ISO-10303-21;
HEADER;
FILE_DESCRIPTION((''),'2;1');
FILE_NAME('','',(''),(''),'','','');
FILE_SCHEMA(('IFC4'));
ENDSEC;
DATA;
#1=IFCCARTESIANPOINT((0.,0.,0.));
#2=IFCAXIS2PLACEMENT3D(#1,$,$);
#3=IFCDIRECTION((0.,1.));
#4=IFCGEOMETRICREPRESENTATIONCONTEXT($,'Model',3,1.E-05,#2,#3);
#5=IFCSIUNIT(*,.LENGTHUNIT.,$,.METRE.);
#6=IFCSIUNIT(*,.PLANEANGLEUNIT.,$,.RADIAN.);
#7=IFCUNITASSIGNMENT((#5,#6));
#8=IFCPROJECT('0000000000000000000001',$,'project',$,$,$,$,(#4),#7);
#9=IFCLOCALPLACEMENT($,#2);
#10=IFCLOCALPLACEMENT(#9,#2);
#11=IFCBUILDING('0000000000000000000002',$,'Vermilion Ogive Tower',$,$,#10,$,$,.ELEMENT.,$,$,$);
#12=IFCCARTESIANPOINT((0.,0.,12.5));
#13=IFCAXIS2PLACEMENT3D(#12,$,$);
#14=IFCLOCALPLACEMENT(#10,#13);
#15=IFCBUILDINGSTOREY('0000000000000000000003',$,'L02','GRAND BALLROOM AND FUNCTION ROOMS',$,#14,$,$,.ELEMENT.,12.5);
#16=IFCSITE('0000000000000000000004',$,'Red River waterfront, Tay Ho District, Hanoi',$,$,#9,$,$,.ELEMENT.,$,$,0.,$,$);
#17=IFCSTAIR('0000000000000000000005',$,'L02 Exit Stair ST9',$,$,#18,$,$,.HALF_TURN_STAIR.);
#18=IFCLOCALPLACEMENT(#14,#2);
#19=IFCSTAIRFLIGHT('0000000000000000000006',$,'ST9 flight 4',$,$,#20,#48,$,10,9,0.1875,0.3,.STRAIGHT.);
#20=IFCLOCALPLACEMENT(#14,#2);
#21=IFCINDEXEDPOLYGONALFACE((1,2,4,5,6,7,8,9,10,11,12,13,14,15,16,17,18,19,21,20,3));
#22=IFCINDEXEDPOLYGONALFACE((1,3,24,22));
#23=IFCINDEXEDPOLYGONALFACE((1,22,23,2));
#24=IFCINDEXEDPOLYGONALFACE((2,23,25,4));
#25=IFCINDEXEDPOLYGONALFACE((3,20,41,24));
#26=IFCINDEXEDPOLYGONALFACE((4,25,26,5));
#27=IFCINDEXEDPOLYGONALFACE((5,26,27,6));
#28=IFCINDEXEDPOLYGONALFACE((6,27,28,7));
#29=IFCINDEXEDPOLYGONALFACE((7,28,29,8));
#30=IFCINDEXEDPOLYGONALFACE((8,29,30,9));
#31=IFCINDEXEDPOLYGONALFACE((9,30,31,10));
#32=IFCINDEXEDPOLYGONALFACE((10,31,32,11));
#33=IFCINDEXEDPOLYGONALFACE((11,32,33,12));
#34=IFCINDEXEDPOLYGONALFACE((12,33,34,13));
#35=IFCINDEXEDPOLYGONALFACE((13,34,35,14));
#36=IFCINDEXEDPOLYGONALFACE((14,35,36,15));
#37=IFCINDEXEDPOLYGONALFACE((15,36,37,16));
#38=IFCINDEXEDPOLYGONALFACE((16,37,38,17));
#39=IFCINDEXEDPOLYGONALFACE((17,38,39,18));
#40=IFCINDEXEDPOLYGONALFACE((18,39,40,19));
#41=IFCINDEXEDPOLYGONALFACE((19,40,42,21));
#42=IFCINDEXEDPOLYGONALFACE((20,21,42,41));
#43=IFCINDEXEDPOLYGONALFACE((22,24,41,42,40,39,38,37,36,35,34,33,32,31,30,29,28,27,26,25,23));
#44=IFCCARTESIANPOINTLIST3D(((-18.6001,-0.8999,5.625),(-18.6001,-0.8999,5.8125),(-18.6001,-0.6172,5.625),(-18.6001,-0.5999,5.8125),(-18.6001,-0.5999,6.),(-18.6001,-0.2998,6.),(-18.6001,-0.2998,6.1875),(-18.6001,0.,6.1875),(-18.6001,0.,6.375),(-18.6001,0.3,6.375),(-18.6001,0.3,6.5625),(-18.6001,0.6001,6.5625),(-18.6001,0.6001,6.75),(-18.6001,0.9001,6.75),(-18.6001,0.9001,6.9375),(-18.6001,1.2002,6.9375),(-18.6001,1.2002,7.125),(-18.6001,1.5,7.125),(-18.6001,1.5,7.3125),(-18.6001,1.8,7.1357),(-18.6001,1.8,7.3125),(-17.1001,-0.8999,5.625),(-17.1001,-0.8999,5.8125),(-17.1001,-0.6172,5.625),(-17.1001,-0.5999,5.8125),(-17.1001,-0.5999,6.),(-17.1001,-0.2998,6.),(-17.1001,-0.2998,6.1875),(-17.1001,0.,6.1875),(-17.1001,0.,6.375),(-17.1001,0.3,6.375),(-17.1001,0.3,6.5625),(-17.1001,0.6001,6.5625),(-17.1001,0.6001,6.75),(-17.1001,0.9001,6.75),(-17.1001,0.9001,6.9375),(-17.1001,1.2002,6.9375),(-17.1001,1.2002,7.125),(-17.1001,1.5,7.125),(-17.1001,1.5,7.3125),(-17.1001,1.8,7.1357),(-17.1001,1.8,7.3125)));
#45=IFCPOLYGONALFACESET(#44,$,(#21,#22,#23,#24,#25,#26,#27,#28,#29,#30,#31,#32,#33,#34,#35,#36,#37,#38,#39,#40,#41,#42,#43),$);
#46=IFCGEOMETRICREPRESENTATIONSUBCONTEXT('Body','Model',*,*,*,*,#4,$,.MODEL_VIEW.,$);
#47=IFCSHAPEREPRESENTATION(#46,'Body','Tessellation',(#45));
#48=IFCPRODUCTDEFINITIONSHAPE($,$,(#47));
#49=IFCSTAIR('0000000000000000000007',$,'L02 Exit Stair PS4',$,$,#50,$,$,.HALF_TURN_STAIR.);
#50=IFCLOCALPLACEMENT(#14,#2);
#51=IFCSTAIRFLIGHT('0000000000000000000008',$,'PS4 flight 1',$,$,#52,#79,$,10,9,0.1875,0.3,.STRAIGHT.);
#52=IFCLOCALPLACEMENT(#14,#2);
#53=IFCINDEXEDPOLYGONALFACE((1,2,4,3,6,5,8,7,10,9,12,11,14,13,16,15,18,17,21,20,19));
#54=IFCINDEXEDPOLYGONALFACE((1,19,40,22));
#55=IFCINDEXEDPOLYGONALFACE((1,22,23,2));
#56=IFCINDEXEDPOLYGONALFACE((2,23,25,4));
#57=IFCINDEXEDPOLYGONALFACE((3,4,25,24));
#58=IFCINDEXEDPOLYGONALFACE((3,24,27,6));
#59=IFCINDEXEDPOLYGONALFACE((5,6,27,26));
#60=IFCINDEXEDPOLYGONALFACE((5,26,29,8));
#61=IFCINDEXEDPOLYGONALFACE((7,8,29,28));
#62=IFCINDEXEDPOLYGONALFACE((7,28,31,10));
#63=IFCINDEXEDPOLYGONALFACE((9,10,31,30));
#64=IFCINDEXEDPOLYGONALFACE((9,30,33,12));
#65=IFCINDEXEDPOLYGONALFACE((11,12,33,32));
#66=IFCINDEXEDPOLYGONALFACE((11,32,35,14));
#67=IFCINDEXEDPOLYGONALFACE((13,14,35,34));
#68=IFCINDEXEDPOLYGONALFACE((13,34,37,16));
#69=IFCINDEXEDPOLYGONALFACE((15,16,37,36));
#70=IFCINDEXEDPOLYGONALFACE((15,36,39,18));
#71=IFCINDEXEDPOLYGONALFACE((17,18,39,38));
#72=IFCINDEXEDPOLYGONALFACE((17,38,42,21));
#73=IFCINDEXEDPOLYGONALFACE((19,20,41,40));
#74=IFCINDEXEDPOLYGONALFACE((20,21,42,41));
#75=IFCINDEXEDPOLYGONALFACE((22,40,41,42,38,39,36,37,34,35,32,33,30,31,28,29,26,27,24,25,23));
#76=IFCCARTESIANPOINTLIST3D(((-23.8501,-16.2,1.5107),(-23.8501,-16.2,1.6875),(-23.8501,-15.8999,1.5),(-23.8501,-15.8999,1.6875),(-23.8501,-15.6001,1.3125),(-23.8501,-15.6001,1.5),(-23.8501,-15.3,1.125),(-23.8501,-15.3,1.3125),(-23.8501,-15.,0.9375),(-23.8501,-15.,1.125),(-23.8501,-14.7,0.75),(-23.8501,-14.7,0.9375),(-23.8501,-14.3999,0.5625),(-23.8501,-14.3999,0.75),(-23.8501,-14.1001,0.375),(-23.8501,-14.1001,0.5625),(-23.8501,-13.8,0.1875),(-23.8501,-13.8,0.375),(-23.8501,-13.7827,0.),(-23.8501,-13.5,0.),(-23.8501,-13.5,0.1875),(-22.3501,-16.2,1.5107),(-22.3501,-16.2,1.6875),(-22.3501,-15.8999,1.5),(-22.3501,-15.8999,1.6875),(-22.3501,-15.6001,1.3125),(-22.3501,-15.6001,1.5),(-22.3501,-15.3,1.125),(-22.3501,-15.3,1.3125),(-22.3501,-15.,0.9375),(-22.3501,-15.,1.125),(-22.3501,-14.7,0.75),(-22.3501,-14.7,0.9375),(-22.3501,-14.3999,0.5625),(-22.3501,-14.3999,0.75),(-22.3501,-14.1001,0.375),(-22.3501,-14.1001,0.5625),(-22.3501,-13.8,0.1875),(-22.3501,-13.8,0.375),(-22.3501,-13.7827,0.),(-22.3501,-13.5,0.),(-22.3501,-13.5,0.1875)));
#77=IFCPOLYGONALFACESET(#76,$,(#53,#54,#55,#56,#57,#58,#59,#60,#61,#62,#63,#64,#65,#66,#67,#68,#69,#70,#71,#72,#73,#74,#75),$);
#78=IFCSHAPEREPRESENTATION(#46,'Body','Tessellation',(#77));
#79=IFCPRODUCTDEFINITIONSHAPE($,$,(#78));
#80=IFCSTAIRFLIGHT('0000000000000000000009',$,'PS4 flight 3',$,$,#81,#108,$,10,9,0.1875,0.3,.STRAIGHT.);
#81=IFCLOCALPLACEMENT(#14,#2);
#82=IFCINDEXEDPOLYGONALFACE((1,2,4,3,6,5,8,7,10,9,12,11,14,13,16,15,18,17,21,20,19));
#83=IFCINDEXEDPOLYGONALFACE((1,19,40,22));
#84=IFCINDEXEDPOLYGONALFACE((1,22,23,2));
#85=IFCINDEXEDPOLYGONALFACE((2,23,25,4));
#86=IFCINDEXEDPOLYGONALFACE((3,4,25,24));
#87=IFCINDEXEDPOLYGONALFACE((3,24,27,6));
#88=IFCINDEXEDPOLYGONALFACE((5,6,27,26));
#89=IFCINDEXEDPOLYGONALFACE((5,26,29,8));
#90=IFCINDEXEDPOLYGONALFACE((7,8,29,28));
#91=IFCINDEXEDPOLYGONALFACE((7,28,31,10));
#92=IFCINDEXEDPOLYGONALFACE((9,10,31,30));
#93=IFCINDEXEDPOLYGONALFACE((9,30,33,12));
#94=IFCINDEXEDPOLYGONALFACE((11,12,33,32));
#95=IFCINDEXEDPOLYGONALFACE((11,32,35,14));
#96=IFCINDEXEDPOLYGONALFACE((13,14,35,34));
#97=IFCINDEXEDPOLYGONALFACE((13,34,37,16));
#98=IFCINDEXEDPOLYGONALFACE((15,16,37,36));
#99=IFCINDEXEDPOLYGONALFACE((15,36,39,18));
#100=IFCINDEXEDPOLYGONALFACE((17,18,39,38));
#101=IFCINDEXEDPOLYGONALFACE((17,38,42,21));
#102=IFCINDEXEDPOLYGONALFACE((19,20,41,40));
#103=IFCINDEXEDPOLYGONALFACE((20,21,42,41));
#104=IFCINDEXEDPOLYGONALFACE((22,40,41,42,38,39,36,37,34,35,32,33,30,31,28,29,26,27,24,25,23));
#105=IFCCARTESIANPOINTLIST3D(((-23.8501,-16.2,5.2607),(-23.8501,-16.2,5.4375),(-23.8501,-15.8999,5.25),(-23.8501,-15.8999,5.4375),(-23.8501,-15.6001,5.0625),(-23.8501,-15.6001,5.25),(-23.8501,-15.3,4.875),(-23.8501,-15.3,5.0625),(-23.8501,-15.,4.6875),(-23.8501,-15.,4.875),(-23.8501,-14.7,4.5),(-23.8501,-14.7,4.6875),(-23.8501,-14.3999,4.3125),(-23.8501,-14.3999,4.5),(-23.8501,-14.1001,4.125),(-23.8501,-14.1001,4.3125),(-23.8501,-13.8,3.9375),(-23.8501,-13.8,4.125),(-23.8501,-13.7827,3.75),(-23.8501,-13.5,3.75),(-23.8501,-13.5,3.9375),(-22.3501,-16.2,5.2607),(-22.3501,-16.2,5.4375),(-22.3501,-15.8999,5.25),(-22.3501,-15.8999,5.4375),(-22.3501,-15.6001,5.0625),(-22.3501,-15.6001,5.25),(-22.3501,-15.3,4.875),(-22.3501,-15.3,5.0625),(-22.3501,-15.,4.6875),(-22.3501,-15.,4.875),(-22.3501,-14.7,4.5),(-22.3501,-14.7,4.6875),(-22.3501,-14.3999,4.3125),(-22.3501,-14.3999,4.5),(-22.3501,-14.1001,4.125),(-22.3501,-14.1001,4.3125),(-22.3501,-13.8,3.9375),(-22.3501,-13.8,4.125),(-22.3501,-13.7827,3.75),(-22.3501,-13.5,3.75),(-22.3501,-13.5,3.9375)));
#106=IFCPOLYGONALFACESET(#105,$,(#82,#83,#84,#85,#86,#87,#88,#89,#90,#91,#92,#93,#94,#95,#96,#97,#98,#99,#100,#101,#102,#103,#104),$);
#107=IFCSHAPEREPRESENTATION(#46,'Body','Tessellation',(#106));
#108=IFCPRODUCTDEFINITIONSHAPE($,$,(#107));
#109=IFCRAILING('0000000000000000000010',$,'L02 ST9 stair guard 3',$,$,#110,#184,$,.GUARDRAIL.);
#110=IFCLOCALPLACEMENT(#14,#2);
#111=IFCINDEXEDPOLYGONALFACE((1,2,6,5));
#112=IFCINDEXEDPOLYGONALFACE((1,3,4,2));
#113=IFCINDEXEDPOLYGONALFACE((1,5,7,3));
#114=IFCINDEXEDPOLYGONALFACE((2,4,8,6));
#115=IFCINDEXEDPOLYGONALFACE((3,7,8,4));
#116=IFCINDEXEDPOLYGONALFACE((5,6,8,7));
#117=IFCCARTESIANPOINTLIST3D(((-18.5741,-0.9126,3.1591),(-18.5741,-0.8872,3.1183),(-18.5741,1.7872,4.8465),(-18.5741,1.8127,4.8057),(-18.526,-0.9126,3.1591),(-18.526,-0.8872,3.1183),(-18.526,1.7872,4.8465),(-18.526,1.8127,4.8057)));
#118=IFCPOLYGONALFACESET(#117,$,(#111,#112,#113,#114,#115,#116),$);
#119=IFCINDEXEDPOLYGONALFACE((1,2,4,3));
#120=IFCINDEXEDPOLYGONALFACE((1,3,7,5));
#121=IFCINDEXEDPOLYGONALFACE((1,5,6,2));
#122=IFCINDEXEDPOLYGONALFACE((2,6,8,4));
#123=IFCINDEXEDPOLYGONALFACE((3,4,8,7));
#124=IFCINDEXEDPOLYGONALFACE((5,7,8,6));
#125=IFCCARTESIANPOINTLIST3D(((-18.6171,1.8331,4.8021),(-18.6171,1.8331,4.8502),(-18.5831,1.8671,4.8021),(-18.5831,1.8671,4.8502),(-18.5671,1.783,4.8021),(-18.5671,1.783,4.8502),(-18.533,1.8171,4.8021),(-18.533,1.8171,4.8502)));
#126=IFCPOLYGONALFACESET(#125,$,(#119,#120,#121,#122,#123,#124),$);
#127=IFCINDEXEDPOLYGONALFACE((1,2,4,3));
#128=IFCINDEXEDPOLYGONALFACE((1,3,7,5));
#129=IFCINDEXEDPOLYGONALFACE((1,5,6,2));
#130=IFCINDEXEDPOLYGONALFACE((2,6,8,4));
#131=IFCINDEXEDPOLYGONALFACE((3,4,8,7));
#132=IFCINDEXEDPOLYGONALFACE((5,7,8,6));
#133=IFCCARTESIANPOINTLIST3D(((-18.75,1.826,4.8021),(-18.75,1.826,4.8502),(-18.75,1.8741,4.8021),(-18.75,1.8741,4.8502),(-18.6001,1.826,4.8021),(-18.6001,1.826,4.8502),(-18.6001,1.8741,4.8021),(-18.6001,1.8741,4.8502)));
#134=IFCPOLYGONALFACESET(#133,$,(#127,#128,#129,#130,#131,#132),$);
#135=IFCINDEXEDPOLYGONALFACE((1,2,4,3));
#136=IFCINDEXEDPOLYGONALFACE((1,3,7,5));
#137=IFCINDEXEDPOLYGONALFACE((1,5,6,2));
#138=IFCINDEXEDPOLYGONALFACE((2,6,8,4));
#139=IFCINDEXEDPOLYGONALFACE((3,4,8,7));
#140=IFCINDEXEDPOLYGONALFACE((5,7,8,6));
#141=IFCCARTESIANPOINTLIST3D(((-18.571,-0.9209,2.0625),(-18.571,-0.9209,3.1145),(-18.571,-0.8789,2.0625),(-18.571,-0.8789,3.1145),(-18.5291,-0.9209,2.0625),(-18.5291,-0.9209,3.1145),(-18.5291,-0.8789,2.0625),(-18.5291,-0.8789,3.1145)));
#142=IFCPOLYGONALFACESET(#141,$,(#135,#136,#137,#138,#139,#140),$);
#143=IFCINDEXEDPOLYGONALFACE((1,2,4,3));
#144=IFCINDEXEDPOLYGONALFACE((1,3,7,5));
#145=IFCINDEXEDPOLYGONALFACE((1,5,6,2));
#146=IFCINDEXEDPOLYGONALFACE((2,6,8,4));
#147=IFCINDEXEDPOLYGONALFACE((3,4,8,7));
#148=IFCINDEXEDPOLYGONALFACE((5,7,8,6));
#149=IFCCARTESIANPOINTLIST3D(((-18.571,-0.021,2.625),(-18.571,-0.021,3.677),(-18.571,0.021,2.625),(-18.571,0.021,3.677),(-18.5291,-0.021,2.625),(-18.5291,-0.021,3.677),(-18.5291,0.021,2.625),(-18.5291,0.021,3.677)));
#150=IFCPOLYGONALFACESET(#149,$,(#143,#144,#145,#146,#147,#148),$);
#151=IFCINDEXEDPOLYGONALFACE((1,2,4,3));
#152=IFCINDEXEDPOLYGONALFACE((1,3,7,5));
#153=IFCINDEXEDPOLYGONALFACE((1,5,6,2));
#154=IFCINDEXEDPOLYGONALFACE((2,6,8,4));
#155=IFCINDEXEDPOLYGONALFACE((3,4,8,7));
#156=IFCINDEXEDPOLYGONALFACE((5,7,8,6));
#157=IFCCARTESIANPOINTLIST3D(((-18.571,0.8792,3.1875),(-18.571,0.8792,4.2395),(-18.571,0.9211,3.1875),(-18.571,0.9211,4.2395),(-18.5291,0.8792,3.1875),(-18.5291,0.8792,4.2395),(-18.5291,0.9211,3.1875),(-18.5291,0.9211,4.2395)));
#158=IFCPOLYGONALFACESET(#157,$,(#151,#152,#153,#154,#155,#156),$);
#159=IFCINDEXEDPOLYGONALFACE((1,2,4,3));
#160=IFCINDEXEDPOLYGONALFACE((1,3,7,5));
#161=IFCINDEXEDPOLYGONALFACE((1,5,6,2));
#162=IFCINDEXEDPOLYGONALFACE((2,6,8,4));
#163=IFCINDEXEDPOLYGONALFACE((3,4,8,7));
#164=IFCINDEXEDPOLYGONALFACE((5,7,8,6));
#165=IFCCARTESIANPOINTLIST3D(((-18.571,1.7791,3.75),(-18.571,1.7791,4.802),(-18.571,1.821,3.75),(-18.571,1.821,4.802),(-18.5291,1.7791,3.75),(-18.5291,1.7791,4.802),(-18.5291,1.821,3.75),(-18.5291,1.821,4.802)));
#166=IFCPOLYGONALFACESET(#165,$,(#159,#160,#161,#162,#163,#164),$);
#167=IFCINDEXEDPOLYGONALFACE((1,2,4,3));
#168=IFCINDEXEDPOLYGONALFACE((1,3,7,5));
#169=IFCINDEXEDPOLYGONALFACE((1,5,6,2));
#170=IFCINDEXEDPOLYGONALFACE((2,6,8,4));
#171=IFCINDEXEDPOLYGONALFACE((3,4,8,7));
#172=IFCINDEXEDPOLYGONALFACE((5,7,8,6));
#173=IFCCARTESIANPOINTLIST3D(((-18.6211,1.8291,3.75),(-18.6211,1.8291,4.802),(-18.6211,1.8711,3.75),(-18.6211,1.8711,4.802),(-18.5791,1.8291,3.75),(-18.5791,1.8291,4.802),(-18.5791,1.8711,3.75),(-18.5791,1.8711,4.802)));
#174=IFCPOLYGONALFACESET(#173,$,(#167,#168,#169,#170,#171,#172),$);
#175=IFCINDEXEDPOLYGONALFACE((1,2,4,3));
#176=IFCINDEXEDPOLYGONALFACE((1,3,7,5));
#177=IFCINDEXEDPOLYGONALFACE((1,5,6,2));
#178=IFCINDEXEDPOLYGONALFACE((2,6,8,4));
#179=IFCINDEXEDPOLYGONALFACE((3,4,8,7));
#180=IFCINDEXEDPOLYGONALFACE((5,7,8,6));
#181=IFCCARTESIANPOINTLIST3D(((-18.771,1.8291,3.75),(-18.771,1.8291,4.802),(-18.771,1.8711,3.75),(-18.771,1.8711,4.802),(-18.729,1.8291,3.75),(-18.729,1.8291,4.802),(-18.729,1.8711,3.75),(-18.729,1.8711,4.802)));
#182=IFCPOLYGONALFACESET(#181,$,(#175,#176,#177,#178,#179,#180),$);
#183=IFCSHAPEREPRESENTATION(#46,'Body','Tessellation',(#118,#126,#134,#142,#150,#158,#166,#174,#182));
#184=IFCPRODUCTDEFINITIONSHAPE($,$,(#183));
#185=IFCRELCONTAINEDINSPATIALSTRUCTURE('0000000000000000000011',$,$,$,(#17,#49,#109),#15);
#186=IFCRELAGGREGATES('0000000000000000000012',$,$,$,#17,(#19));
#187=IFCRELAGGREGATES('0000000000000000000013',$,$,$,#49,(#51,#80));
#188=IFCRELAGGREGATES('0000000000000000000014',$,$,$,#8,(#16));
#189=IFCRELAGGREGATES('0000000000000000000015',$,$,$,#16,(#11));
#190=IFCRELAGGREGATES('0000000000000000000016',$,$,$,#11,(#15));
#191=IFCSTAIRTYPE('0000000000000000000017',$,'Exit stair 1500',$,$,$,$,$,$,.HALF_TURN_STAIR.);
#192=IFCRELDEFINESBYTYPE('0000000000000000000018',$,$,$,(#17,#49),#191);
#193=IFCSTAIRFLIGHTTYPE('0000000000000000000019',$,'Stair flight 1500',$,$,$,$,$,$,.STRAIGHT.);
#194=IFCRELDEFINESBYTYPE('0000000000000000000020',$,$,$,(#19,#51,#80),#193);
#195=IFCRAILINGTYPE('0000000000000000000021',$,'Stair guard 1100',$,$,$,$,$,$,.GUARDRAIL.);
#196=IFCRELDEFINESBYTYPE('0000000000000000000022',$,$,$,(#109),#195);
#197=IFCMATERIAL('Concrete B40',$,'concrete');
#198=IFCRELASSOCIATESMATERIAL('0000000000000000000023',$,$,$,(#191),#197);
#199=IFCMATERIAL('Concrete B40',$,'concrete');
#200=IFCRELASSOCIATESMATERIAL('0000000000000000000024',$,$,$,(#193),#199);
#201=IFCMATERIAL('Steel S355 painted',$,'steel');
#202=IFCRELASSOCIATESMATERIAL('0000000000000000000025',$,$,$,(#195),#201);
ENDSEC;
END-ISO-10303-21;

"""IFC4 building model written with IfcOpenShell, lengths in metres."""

from ifc_helpers import new_model, si_unit, direction, frame, origin, origin_2d, place, context, subcontext, project, spatial, polyline, rectangle, outline, extrude, material, type_object, element, aggregate, save


model = new_model("IFC4")

# Units and contexts
model_context = context("Model", 3, precision=1e-05, world=origin(), true_north=direction((0.0, 1.0)))
body_context = subcontext(model_context, "Body", "Model", "MODEL_VIEW")
ifc_project = project(units=[si_unit("LENGTHUNIT", "METRE"), si_unit("PLANEANGLEUNIT", "RADIAN")], contexts=[model_context])

# Site, building, storey
site_placement = place(None, origin())
site = spatial("IfcSite", under=ifc_project, at=site_placement, Name="Red River waterfront, Tay Ho District, Hanoi", CompositionType="ELEMENT", RefElevation=0.0)
building_placement = place(site_placement, origin())
building = spatial("IfcBuilding", under=site, at=building_placement, Name="Vermilion Ogive Tower", CompositionType="ELEMENT")
storey_placement = place(building_placement, frame((0.0, 0.0, 12.5)))
storey = spatial("IfcBuildingStorey", under=building, at=storey_placement, Name="L02", Description="GRAND BALLROOM AND FUNCTION ROOMS", CompositionType="ELEMENT", Elevation=12.5)

# Stairs, stair flights
ifc_material_1 = material(Name="Concrete B40", Category="concrete")
stair_type = type_object("IfcStairType", Name="Exit stair 1500", PredefinedType="HALF_TURN_STAIR", material=ifc_material_1)
stair_1_placement = place(storey_placement, origin())
stair_1 = element("IfcStair", 1, at=stair_1_placement, inside=storey, type_object=stair_type, Name="L02 Exit Stair ST9", PredefinedType="HALF_TURN_STAIR")
ifc_material_2 = material(Name="Concrete B40", Category="concrete")
stair_flight_type = type_object("IfcStairFlightType", Name="Stair flight 1500", PredefinedType="STRAIGHT", material=ifc_material_2)
stair_flight_1_placement = place(storey_placement, frame((-17.8501, -0.8999, 5.625), z_axis=(0.0, 0.0, 1.0), x_axis=(0.0, 1.0, 0.0)))
stair_flight_1 = element("IfcStairFlight", 2, at=stair_flight_1_placement, type_object=stair_flight_type, Name="ST9 flight 4", NumberOfRisers=10, NumberOfTreads=9, PredefinedType="STRAIGHT", RiserHeight=0.1875, TreadLength=0.3, context=body_context, shape_type="SweptSolid", body=[
    extrude(outline(polyline([(0.0, 0.0), (0.0, 0.1875), (0.3, 0.1875), (0.3, 0.375), (0.6001, 0.375), (0.6001, 0.5625), (0.8999, 0.5625), (0.8999, 0.75), (1.2, 0.75), (1.2, 0.9375), (1.5, 0.9375), (1.5, 1.125), (1.8, 1.125), (1.8, 1.3125), (2.1001, 1.3125), (2.1001, 1.5), (2.3999, 1.5), (2.3999, 1.6875), (2.7, 1.6875), (2.7, 1.875), (2.7, 1.5107), (0.2827, 0.0), (0.0, 0.0)])), frame((0.0, 0.75, 0.0), z_axis=(0.0, -1.0, 0.0), x_axis=(1.0, 0.0, 0.0)), (0.0, 0.0, 1.0), 1.5),
])
aggregate(stair_1, [stair_flight_1])
stair_2_placement = place(storey_placement, origin())
stair_2 = element("IfcStair", 3, at=stair_2_placement, inside=storey, type_object=stair_type, Name="L02 Exit Stair PS4", PredefinedType="HALF_TURN_STAIR")
stair_flight_2_placement = place(storey_placement, frame((-23.1001, -13.5, 0.0), z_axis=(0.0, 0.0, 1.0), x_axis=(0.0, -1.0, 0.0)))
stair_flight_2 = element("IfcStairFlight", 4, at=stair_flight_2_placement, type_object=stair_flight_type, Name="PS4 flight 1", NumberOfRisers=10, NumberOfTreads=9, PredefinedType="STRAIGHT", RiserHeight=0.1875, TreadLength=0.3, context=body_context, shape_type="SweptSolid", body=[
    extrude(outline(polyline([(0.0, 0.0), (0.0, 0.1875), (0.3, 0.1875), (0.3, 0.375), (0.6001, 0.375), (0.6001, 0.5625), (0.8999, 0.5625), (0.8999, 0.75), (1.2, 0.75), (1.2, 0.9375), (1.5, 0.9375), (1.5, 1.125), (1.8, 1.125), (1.8, 1.3125), (2.1001, 1.3125), (2.1001, 1.5), (2.3999, 1.5), (2.3999, 1.6875), (2.7, 1.6875), (2.7, 1.875), (2.7, 1.5107), (0.2827, 0.0), (0.0, 0.0)])), frame((0.0, 0.75, 0.0), z_axis=(0.0, -1.0, 0.0), x_axis=(1.0, 0.0, 0.0)), (0.0, 0.0, 1.0), 1.5),
])
stair_flight_3_placement = place(storey_placement, frame((-23.1001, -13.5, 3.75), z_axis=(0.0, 0.0, 1.0), x_axis=(0.0, -1.0, 0.0)))
stair_flight_3 = element("IfcStairFlight", 5, at=stair_flight_3_placement, type_object=stair_flight_type, Name="PS4 flight 3", NumberOfRisers=10, NumberOfTreads=9, PredefinedType="STRAIGHT", RiserHeight=0.1875, TreadLength=0.3, context=body_context, shape_type="SweptSolid", body=[
    extrude(outline(polyline([(0.0, 0.0), (0.0, 0.1875), (0.3, 0.1875), (0.3, 0.375), (0.6001, 0.375), (0.6001, 0.5625), (0.8999, 0.5625), (0.8999, 0.75), (1.2, 0.75), (1.2, 0.9375), (1.5, 0.9375), (1.5, 1.125), (1.8, 1.125), (1.8, 1.3125), (2.1001, 1.3125), (2.1001, 1.5), (2.3999, 1.5), (2.3999, 1.6875), (2.7, 1.6875), (2.7, 1.875), (2.7, 1.5107), (0.2827, 0.0), (0.0, 0.0)])), frame((0.0, 0.75, 0.0), z_axis=(0.0, -1.0, 0.0), x_axis=(1.0, 0.0, 0.0)), (0.0, 0.0, 1.0), 1.5),
])
aggregate(stair_2, [stair_flight_2, stair_flight_3])

# Railing
ifc_material_3 = material(Name="Steel S355 painted", Category="steel")
railing_type_1 = type_object("IfcRailingType", Name="Stair guard 1100", PredefinedType="GUARDRAIL", material=ifc_material_3)
railing_1_placement = place(storey_placement, frame((-18.55, -0.8999, 2.0625)))
element("IfcRailing", 6, at=railing_1_placement, inside=storey, type_object=railing_type_1, Name="L02 ST9 stair guard 3", PredefinedType="GUARDRAIL", context=body_context, shape_type="SweptSolid", body=[
    extrude(rectangle(XDim=0.0481, YDim=0.0481, at=origin_2d()), frame((0.0, 0.0, 1.0762), z_axis=(0.0, 0.847994, 0.530006), x_axis=(-1.0, 0.0, 0.0)), (0.0, 0.0, 1.0), 3.1838),
    extrude(rectangle(XDim=0.0481, YDim=0.0481, at=origin_2d()), frame((0.0, 2.7, 2.7637), z_axis=(-0.707107, 0.707107, 0.0), x_axis=(-0.707107, -0.707107, 0.0)), (0.0, 0.0, 1.0), 0.0708),
    extrude(rectangle(XDim=0.0481, YDim=0.0481, at=origin_2d()), frame((-0.05, 2.75, 2.7637), z_axis=(-1.0, 0.0, 0.0), x_axis=(0.0, -1.0, 0.0)), (0.0, 0.0, 1.0), 0.1499),
    extrude(rectangle(XDim=0.042, YDim=0.042, at=origin_2d()), origin(), (0.0, 0.0, 1.0), 1.052),
    extrude(rectangle(XDim=0.042, YDim=0.042, at=origin_2d()), frame((0.0, 0.8999, 0.5625)), (0.0, 0.0, 1.0), 1.052),
    extrude(rectangle(XDim=0.042, YDim=0.042, at=origin_2d()), frame((0.0, 1.8, 1.125)), (0.0, 0.0, 1.0), 1.052),
    extrude(rectangle(XDim=0.042, YDim=0.042, at=origin_2d()), frame((0.0, 2.7, 1.6875)), (0.0, 0.0, 1.0), 1.052),
    extrude(rectangle(XDim=0.042, YDim=0.042, at=origin_2d()), frame((-0.05, 2.75, 1.6875)), (0.0, 0.0, 1.0), 1.052),
    extrude(rectangle(XDim=0.042, YDim=0.042, at=origin_2d()), frame((-0.2, 2.75, 1.6875)), (0.0, 0.0, 1.0), 1.052),
])

save(model, "model.ifc")
